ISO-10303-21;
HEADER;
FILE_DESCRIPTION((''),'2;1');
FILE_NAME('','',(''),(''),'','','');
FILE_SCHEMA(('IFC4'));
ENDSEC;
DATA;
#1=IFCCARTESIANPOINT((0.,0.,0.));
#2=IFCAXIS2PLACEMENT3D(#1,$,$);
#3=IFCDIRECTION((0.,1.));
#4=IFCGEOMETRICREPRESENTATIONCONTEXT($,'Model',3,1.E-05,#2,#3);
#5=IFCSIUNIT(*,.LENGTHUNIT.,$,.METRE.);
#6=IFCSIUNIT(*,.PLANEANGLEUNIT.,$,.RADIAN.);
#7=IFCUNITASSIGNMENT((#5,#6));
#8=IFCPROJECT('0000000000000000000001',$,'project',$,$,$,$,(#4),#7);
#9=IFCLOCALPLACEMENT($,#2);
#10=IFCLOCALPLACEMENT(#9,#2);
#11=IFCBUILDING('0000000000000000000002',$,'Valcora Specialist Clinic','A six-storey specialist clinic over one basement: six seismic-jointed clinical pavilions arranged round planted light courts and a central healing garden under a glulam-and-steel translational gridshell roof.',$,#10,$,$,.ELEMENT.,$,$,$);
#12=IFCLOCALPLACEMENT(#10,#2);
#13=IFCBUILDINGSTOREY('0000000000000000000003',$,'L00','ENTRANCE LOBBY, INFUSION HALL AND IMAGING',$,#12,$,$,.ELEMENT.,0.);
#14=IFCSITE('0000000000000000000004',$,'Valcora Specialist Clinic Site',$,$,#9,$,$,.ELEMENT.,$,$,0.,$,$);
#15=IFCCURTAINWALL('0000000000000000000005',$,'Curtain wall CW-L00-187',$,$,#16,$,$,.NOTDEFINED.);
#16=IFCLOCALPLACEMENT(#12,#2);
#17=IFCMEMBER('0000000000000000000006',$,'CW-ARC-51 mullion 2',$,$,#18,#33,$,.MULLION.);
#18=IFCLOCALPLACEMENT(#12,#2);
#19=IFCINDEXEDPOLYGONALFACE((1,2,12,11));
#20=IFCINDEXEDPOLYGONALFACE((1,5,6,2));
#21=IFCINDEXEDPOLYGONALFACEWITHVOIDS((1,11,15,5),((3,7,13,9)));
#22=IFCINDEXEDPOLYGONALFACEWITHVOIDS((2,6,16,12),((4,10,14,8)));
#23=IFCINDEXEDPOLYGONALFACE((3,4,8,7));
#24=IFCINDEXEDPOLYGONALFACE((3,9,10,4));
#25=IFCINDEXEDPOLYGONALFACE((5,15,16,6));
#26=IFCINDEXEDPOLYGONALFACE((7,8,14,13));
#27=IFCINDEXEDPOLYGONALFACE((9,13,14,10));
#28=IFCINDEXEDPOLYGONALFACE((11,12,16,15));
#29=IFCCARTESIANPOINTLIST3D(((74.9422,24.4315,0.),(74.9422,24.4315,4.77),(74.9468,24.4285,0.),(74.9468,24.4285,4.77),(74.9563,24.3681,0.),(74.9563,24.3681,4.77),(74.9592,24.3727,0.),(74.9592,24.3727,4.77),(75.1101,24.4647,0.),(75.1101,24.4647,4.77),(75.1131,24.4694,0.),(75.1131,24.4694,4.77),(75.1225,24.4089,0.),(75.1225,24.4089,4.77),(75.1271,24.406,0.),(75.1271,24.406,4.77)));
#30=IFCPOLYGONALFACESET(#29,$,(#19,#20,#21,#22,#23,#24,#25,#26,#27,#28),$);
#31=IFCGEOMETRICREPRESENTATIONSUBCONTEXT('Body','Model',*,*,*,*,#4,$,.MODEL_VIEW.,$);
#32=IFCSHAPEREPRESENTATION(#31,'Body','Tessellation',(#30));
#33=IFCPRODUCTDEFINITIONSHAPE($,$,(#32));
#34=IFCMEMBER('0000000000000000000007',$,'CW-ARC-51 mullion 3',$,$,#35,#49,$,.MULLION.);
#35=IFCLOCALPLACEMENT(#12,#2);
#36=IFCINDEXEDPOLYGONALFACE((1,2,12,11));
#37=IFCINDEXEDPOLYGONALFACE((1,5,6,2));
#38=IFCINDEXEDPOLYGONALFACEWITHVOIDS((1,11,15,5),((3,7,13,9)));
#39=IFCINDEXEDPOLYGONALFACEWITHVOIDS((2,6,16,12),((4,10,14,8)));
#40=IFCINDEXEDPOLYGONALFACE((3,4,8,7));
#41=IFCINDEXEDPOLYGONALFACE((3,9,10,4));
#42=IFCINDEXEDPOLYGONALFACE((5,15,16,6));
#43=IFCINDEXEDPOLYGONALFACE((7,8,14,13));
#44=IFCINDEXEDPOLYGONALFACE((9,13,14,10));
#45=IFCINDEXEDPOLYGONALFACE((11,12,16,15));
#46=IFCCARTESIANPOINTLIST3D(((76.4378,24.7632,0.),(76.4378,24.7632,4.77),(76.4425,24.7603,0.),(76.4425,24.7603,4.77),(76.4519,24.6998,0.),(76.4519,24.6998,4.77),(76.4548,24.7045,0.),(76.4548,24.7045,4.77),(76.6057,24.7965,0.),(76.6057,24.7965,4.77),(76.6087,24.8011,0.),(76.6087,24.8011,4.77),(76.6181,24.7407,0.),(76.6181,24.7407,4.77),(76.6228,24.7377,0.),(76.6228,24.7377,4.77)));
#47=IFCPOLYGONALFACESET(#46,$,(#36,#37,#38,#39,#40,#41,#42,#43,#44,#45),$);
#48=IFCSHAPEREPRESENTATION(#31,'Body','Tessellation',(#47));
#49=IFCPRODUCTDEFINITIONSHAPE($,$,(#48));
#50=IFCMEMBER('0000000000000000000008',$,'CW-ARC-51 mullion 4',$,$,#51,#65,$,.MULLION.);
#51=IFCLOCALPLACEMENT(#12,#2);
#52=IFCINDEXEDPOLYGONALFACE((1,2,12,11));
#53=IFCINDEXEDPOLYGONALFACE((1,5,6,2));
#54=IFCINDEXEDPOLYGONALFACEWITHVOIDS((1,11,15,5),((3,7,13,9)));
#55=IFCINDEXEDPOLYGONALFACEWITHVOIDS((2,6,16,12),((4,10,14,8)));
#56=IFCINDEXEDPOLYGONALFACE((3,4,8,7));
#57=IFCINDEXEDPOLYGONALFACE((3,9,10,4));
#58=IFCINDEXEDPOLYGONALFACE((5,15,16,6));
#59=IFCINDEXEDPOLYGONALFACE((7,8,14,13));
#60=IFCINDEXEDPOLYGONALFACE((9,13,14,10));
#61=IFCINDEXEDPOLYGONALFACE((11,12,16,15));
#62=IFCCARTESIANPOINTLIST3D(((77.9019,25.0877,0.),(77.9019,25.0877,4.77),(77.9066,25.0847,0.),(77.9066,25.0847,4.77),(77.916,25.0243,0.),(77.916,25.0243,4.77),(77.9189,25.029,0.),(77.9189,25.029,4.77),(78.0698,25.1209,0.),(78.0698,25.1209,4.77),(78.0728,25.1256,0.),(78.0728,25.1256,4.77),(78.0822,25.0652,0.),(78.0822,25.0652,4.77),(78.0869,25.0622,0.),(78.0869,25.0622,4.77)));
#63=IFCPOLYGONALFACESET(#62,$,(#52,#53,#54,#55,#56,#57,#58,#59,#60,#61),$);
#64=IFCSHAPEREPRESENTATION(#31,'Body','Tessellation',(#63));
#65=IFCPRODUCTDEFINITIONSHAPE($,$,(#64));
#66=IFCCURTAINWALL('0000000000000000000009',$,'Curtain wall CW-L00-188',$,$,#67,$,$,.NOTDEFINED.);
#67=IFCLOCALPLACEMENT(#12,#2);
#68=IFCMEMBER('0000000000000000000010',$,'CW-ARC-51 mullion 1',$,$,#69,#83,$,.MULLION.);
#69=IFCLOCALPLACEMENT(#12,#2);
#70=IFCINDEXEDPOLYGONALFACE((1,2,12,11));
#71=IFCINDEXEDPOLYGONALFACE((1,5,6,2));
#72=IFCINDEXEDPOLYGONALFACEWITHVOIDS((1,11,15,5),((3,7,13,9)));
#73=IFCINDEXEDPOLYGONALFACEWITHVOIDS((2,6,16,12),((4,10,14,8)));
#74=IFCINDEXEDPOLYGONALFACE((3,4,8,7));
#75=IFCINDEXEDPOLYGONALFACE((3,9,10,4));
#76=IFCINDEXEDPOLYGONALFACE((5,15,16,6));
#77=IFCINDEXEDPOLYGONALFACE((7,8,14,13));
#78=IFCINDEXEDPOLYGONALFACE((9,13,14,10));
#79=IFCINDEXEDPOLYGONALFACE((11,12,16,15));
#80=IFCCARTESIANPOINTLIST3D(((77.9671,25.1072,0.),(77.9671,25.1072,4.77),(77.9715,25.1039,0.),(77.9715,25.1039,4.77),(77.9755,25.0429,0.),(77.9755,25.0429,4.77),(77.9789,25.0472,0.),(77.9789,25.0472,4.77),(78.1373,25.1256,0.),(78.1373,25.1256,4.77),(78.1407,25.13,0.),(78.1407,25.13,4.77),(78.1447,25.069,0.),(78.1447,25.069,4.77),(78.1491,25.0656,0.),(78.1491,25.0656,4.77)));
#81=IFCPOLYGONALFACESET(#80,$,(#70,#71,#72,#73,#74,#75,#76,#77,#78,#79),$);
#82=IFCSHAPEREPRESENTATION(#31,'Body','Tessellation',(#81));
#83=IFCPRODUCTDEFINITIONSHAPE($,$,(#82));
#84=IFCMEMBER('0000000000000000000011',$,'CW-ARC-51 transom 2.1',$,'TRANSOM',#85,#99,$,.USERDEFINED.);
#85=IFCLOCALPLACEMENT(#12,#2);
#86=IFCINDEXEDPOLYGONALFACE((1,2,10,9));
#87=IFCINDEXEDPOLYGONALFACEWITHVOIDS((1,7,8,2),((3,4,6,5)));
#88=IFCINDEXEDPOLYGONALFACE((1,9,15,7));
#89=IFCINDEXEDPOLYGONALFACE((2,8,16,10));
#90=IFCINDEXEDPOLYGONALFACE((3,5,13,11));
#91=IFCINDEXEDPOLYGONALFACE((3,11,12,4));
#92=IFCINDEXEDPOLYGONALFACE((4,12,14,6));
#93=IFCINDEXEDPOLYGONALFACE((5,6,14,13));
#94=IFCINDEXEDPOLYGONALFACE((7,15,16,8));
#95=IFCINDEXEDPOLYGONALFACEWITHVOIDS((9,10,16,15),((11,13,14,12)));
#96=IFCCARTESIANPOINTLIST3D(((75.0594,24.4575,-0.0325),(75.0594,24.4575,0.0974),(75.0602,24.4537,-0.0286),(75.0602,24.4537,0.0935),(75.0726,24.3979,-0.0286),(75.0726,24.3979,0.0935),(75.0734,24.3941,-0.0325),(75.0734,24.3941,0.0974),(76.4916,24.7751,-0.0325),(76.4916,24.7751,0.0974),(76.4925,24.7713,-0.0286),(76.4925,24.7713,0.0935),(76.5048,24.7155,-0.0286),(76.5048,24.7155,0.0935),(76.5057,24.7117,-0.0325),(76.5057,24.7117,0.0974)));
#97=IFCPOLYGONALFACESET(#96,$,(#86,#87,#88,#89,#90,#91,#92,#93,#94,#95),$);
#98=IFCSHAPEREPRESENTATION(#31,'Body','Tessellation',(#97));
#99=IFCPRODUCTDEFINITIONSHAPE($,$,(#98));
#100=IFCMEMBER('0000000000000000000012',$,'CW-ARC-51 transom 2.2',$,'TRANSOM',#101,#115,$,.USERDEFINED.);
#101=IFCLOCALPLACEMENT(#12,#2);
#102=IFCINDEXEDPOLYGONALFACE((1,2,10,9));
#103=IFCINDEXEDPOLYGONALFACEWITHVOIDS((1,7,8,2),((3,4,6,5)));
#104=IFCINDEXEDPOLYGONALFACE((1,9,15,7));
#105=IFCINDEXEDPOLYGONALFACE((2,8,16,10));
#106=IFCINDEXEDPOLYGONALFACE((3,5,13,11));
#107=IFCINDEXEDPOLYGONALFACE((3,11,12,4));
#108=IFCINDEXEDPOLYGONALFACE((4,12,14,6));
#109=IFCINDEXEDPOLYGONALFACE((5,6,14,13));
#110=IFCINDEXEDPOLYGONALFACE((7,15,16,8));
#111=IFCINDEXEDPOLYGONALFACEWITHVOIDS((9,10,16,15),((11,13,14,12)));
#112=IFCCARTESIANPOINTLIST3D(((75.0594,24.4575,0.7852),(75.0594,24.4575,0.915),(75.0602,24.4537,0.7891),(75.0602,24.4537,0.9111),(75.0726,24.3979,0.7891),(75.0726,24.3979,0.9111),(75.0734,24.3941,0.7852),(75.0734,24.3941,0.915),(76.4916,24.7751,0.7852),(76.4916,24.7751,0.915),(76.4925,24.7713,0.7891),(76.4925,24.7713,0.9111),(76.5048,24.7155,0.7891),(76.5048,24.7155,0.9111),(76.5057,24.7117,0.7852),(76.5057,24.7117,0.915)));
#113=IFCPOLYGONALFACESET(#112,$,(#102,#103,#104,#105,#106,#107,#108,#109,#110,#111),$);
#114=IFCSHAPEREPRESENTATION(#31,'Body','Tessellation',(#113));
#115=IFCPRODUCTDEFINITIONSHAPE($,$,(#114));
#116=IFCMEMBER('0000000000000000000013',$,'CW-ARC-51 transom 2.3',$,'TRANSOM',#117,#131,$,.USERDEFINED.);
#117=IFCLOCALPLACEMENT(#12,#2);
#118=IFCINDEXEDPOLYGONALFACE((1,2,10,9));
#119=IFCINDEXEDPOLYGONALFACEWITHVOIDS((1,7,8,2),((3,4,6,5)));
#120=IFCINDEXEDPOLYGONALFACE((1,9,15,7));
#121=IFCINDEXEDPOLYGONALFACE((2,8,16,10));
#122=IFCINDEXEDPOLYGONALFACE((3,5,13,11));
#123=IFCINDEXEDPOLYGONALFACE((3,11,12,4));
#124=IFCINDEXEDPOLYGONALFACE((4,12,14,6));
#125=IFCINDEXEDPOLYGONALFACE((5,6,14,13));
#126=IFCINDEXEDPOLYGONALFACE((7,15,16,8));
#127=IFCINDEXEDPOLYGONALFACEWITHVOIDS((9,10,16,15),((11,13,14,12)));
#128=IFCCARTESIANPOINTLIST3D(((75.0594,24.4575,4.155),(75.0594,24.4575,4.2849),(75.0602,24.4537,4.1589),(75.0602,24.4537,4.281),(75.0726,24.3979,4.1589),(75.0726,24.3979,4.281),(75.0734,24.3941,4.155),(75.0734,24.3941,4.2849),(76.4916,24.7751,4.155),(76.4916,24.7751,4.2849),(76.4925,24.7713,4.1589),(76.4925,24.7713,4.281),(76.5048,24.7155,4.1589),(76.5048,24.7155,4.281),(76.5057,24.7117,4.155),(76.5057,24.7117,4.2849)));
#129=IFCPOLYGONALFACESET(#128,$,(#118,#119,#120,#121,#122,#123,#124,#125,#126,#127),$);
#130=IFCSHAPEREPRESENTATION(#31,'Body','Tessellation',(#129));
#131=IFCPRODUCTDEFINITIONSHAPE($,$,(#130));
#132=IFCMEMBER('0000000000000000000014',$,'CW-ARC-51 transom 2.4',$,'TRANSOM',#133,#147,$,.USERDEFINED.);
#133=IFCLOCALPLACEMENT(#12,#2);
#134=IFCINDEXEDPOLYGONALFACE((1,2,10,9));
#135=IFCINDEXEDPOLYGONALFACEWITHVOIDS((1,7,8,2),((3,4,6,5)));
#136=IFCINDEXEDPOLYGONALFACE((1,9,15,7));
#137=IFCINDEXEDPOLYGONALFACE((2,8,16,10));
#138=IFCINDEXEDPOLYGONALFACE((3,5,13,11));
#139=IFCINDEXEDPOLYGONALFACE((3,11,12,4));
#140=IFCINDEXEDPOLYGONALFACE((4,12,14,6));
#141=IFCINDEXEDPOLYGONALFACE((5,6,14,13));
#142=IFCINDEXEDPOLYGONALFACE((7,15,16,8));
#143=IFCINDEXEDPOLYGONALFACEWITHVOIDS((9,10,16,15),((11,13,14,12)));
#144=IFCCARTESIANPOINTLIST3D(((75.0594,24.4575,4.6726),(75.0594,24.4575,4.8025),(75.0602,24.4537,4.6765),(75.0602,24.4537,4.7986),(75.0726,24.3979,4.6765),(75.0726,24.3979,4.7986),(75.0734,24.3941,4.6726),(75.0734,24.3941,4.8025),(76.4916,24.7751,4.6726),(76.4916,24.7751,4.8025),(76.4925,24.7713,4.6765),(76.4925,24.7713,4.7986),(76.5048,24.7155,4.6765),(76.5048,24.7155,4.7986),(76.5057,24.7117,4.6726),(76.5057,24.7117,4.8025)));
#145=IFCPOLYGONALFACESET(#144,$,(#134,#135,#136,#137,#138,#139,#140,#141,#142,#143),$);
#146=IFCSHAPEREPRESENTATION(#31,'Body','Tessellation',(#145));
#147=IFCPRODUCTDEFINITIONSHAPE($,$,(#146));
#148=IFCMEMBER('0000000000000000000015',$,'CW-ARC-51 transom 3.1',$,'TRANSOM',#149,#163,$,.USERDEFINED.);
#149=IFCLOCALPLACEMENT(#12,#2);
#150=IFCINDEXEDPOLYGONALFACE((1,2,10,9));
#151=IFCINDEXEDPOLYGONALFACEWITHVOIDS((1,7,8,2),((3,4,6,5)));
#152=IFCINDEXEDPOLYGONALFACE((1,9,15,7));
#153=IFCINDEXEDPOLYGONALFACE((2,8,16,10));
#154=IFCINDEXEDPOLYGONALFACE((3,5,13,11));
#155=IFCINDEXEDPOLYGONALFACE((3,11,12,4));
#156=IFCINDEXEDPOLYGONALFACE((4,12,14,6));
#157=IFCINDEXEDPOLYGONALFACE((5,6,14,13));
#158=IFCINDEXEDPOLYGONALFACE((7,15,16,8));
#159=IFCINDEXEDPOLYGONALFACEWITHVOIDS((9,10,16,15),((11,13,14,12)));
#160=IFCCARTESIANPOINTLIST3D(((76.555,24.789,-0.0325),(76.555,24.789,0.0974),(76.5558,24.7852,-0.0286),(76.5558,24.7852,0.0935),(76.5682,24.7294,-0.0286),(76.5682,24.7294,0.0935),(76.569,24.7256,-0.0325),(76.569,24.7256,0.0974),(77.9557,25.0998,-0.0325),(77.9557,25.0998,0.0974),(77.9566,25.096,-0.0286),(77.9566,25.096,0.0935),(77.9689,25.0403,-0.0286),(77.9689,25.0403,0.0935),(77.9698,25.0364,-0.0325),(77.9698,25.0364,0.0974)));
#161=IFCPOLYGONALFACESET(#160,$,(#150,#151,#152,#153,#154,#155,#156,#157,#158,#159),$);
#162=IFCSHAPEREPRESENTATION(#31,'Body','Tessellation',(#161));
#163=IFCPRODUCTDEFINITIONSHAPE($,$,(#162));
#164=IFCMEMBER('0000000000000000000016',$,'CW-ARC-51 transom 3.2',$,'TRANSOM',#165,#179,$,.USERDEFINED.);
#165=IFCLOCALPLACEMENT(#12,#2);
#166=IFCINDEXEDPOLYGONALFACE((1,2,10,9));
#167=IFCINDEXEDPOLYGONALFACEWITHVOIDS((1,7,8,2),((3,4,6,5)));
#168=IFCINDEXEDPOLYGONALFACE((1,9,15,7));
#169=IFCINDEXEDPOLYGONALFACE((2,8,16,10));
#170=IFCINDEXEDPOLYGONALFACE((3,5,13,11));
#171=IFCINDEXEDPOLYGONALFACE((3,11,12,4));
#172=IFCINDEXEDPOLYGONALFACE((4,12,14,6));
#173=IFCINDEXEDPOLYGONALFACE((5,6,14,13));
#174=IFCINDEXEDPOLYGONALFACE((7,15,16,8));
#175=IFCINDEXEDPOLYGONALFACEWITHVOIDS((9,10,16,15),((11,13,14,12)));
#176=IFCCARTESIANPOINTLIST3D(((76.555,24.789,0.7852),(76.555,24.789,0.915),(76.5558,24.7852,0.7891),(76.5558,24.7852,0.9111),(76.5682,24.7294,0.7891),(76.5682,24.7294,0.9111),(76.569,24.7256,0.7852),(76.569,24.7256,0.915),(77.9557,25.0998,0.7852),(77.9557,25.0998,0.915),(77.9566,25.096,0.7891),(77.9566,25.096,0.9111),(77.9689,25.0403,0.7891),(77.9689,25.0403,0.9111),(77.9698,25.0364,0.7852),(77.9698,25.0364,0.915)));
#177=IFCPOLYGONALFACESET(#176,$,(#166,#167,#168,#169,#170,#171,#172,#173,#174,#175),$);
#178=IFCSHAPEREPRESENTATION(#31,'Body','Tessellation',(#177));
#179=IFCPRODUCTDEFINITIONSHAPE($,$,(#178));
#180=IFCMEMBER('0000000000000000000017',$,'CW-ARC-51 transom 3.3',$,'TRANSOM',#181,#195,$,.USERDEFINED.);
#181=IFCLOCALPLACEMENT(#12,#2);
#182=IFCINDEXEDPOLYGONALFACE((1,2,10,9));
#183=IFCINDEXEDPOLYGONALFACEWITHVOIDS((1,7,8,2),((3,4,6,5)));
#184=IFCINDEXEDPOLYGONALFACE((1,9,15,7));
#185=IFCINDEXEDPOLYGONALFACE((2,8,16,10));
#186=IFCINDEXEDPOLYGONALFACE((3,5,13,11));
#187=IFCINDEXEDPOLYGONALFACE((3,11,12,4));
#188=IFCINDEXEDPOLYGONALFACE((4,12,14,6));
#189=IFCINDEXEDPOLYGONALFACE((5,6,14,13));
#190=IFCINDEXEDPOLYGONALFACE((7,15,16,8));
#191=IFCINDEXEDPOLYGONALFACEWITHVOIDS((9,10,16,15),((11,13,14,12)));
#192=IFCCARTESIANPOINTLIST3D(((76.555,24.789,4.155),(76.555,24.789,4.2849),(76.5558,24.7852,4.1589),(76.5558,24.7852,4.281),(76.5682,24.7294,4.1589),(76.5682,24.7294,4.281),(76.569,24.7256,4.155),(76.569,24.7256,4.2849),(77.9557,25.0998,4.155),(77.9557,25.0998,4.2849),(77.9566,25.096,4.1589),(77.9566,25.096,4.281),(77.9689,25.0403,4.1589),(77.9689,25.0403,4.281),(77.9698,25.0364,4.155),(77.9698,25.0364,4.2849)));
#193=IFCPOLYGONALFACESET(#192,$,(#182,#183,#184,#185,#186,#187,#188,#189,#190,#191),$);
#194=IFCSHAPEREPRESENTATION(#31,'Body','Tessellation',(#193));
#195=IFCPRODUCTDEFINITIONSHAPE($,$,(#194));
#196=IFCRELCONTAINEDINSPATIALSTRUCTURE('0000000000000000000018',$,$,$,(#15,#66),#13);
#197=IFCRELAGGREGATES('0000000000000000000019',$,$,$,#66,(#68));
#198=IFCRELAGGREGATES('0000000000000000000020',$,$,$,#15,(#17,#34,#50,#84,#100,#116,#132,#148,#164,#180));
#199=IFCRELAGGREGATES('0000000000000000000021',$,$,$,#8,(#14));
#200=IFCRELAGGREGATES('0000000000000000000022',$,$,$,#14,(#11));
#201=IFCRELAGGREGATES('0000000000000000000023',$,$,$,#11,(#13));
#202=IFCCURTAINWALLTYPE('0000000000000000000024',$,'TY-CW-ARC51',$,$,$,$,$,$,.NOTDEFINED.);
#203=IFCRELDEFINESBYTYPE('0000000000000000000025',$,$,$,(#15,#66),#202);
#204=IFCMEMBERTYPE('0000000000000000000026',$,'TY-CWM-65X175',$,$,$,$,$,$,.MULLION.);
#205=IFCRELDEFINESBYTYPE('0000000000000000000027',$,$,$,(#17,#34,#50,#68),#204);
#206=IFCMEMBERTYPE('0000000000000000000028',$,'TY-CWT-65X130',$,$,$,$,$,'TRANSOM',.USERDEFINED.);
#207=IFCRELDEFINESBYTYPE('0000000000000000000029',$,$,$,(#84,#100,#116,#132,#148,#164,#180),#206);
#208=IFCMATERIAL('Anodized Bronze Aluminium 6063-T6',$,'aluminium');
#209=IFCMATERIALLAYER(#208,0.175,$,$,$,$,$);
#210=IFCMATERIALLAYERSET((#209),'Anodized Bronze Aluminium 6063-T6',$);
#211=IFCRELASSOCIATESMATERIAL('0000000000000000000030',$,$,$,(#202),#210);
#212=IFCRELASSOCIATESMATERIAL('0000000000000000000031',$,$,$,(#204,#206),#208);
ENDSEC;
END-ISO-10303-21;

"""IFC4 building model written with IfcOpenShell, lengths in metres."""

from ifc_helpers import new_model, si_unit, direction, frame, origin, origin_2d, place, context, subcontext, project, spatial, hollow_rectangle, extrude, material, layer, layer_set, material_profile, profile_set, type_object, element, aggregate, save


model = new_model("IFC4")

# Units and contexts
model_context = context("Model", 3, precision=1e-05, world=origin(), true_north=direction((0.0, 1.0)))
body_context = subcontext(model_context, "Body", "Model", "MODEL_VIEW")
ifc_project = project(units=[si_unit("LENGTHUNIT", "METRE"), si_unit("PLANEANGLEUNIT", "RADIAN")], contexts=[model_context])

# Site, building, storey
site_placement = place(None, origin())
site = spatial("IfcSite", under=ifc_project, at=site_placement, Name="Valcora Specialist Clinic Site", CompositionType="ELEMENT", RefElevation=0.0)
building_placement = place(site_placement, origin())
building = spatial("IfcBuilding", under=site, at=building_placement, Name="Valcora Specialist Clinic", Description="A six-storey specialist clinic over one basement: six seismic-jointed clinical pavilions arranged round planted light courts and a central healing garden under a glulam-and-steel translational gridshell roof.", CompositionType="ELEMENT")
storey_placement = place(building_placement, origin())
storey = spatial("IfcBuildingStorey", under=building, at=storey_placement, Name="L00", Description="ENTRANCE LOBBY, INFUSION HALL AND IMAGING", CompositionType="ELEMENT", Elevation=0.0)

# Curtain wall, members
ifc_material_1 = material(Name="Anodized Bronze Aluminium 6063-T6", Category="aluminium")
ifc_layer_1 = layer(ifc_material_1, 0.175)
ifc_layer_set_1 = layer_set([ifc_layer_1], Name="Anodized Bronze Aluminium 6063-T6")
curtain_wall_type = type_object("IfcCurtainWallType", Name="TY-CW-ARC51", PredefinedType="NOTDEFINED", material=ifc_layer_set_1)
curtain_wall_1_placement = place(storey_placement, origin())
curtain_wall_1 = element("IfcCurtainWall", 1, at=curtain_wall_1_placement, inside=storey, type_object=curtain_wall_type, Name="Curtain wall CW-L00-187", PredefinedType="NOTDEFINED")
ifc_material_profile_1 = material_profile(ifc_material_1, hollow_rectangle(XDim=0.0649, YDim=0.175, WallThickness=0.0039, at=origin_2d()), Name="AL-MUL-65X175")
ifc_profile_set_1 = profile_set([ifc_material_profile_1], Name="Anodized Bronze Aluminium 6063-T6")
member_type_1 = type_object("IfcMemberType", Name="TY-CWM-65X175", PredefinedType="MULLION", material=ifc_profile_set_1)
member_1_placement = place(storey_placement, frame((75.0347, 24.4187, 0.0), z_axis=(0.0, 0.0, 1.0), x_axis=(-0.216518, 0.976279, 0.0)))
member_1 = element("IfcMember", 2, at=member_1_placement, type_object=member_type_1, Name="CW-ARC-51 mullion 2", PredefinedType="MULLION", context=body_context, shape_type="SweptSolid", body=[
    extrude(hollow_rectangle(XDim=0.0649, YDim=0.175, WallThickness=0.0039, at=origin_2d()), origin(), (0.0, 0.0, 1.0), 4.77),
])
member_2_placement = place(storey_placement, frame((76.5303, 24.7505, 0.0), z_axis=(0.0, 0.0, 1.0), x_axis=(-0.216518, 0.976279, 0.0)))
member_2 = element("IfcMember", 3, at=member_2_placement, type_object=member_type_1, Name="CW-ARC-51 mullion 3", PredefinedType="MULLION", context=body_context, shape_type="SweptSolid", body=[
    extrude(hollow_rectangle(XDim=0.0649, YDim=0.175, WallThickness=0.0039, at=origin_2d()), origin(), (0.0, 0.0, 1.0), 4.77),
])
member_3_placement = place(storey_placement, frame((77.9944, 25.075, 0.0), z_axis=(0.0, 0.0, 1.0), x_axis=(-0.216518, 0.976279, 0.0)))
member_3 = element("IfcMember", 4, at=member_3_placement, type_object=member_type_1, Name="CW-ARC-51 mullion 4", PredefinedType="MULLION", context=body_context, shape_type="SweptSolid", body=[
    extrude(hollow_rectangle(XDim=0.0649, YDim=0.175, WallThickness=0.0039, at=origin_2d()), origin(), (0.0, 0.0, 1.0), 4.77),
])

# Curtain wall, member
curtain_wall_2_placement = place(storey_placement, origin())
curtain_wall_2 = element("IfcCurtainWall", 5, at=curtain_wall_2_placement, inside=storey, type_object=curtain_wall_type, Name="Curtain wall CW-L00-188", PredefinedType="NOTDEFINED")
member_4_placement = place(storey_placement, frame((78.0581, 25.0864, 0.0), z_axis=(0.0, 0.0, 1.0), x_axis=(-0.129999, 0.991514, 0.0)))
member_4 = element("IfcMember", 6, at=member_4_placement, type_object=member_type_1, Name="CW-ARC-51 mullion 1", PredefinedType="MULLION", context=body_context, shape_type="SweptSolid", body=[
    extrude(hollow_rectangle(XDim=0.0649, YDim=0.175, WallThickness=0.0039, at=origin_2d()), origin(), (0.0, 0.0, 1.0), 4.77),
])

# Members
ifc_material_profile_2 = material_profile(ifc_material_1, hollow_rectangle(XDim=0.0649, YDim=0.1299, WallThickness=0.0039, at=origin_2d()), Name="AL-TRN-65X130")
ifc_profile_set_2 = profile_set([ifc_material_profile_2], Name="Anodized Bronze Aluminium 6063-T6")
member_type_2 = type_object("IfcMemberType", Name="TY-CWT-65X130", ElementType="TRANSOM", PredefinedType="USERDEFINED", material=ifc_profile_set_2)
member_5_placement = place(storey_placement, frame((75.0664, 24.4258, 0.0325), z_axis=(0.976277, 0.216525, 0.0), x_axis=(-0.216525, 0.976277, 0.0)))
member_5 = element("IfcMember", 7, at=member_5_placement, type_object=member_type_2, Name="CW-ARC-51 transom 2.1", ObjectType="TRANSOM", PredefinedType="USERDEFINED", context=body_context, shape_type="SweptSolid", body=[
    extrude(hollow_rectangle(XDim=0.0649, YDim=0.1299, WallThickness=0.0039, at=origin_2d()), origin(), (0.0, 0.0, 1.0), 1.467),
])
member_6_placement = place(storey_placement, frame((75.0664, 24.4258, 0.8501), z_axis=(0.976277, 0.216525, 0.0), x_axis=(-0.216525, 0.976277, 0.0)))
member_6 = element("IfcMember", 8, at=member_6_placement, type_object=member_type_2, Name="CW-ARC-51 transom 2.2", ObjectType="TRANSOM", PredefinedType="USERDEFINED", context=body_context, shape_type="SweptSolid", body=[
    extrude(hollow_rectangle(XDim=0.0649, YDim=0.1299, WallThickness=0.0039, at=origin_2d()), origin(), (0.0, 0.0, 1.0), 1.467),
])
member_7_placement = place(storey_placement, frame((75.0664, 24.4258, 4.22), z_axis=(0.976277, 0.216525, 0.0), x_axis=(-0.216525, 0.976277, 0.0)))
member_7 = element("IfcMember", 9, at=member_7_placement, type_object=member_type_2, Name="CW-ARC-51 transom 2.3", ObjectType="TRANSOM", PredefinedType="USERDEFINED", context=body_context, shape_type="SweptSolid", body=[
    extrude(hollow_rectangle(XDim=0.0649, YDim=0.1299, WallThickness=0.0039, at=origin_2d()), origin(), (0.0, 0.0, 1.0), 1.467),
])
member_8_placement = place(storey_placement, frame((75.0664, 24.4258, 4.7375), z_axis=(0.976277, 0.216525, 0.0), x_axis=(-0.216525, 0.976277, 0.0)))
member_8 = element("IfcMember", 10, at=member_8_placement, type_object=member_type_2, Name="CW-ARC-51 transom 2.4", ObjectType="TRANSOM", PredefinedType="USERDEFINED", context=body_context, shape_type="SweptSolid", body=[
    extrude(hollow_rectangle(XDim=0.0649, YDim=0.1299, WallThickness=0.0039, at=origin_2d()), origin(), (0.0, 0.0, 1.0), 1.467),
])
member_9_placement = place(storey_placement, frame((76.562, 24.7573, 0.0325), z_axis=(0.976255, 0.216624, 0.0), x_axis=(-0.216624, 0.976255, 0.0)))
member_9 = element("IfcMember", 11, at=member_9_placement, type_object=member_type_2, Name="CW-ARC-51 transom 3.1", ObjectType="TRANSOM", PredefinedType="USERDEFINED", context=body_context, shape_type="SweptSolid", body=[
    extrude(hollow_rectangle(XDim=0.0649, YDim=0.1299, WallThickness=0.0039, at=origin_2d()), origin(), (0.0, 0.0, 1.0), 1.4348),
])
member_10_placement = place(storey_placement, frame((76.562, 24.7573, 0.8501), z_axis=(0.976255, 0.216624, 0.0), x_axis=(-0.216624, 0.976255, 0.0)))
member_10 = element("IfcMember", 12, at=member_10_placement, type_object=member_type_2, Name="CW-ARC-51 transom 3.2", ObjectType="TRANSOM", PredefinedType="USERDEFINED", context=body_context, shape_type="SweptSolid", body=[
    extrude(hollow_rectangle(XDim=0.0649, YDim=0.1299, WallThickness=0.0039, at=origin_2d()), origin(), (0.0, 0.0, 1.0), 1.4348),
])
member_11_placement = place(storey_placement, frame((76.562, 24.7573, 4.22), z_axis=(0.976255, 0.216624, 0.0), x_axis=(-0.216624, 0.976255, 0.0)))
member_11 = element("IfcMember", 13, at=member_11_placement, type_object=member_type_2, Name="CW-ARC-51 transom 3.3", ObjectType="TRANSOM", PredefinedType="USERDEFINED", context=body_context, shape_type="SweptSolid", body=[
    extrude(hollow_rectangle(XDim=0.0649, YDim=0.1299, WallThickness=0.0039, at=origin_2d()), origin(), (0.0, 0.0, 1.0), 1.4348),
])
aggregate(curtain_wall_2, [member_4])

aggregate(curtain_wall_1, [member_1, member_2, member_3, member_5, member_6, member_7, member_8, member_9, member_10, member_11])

save(model, "model.ifc")
